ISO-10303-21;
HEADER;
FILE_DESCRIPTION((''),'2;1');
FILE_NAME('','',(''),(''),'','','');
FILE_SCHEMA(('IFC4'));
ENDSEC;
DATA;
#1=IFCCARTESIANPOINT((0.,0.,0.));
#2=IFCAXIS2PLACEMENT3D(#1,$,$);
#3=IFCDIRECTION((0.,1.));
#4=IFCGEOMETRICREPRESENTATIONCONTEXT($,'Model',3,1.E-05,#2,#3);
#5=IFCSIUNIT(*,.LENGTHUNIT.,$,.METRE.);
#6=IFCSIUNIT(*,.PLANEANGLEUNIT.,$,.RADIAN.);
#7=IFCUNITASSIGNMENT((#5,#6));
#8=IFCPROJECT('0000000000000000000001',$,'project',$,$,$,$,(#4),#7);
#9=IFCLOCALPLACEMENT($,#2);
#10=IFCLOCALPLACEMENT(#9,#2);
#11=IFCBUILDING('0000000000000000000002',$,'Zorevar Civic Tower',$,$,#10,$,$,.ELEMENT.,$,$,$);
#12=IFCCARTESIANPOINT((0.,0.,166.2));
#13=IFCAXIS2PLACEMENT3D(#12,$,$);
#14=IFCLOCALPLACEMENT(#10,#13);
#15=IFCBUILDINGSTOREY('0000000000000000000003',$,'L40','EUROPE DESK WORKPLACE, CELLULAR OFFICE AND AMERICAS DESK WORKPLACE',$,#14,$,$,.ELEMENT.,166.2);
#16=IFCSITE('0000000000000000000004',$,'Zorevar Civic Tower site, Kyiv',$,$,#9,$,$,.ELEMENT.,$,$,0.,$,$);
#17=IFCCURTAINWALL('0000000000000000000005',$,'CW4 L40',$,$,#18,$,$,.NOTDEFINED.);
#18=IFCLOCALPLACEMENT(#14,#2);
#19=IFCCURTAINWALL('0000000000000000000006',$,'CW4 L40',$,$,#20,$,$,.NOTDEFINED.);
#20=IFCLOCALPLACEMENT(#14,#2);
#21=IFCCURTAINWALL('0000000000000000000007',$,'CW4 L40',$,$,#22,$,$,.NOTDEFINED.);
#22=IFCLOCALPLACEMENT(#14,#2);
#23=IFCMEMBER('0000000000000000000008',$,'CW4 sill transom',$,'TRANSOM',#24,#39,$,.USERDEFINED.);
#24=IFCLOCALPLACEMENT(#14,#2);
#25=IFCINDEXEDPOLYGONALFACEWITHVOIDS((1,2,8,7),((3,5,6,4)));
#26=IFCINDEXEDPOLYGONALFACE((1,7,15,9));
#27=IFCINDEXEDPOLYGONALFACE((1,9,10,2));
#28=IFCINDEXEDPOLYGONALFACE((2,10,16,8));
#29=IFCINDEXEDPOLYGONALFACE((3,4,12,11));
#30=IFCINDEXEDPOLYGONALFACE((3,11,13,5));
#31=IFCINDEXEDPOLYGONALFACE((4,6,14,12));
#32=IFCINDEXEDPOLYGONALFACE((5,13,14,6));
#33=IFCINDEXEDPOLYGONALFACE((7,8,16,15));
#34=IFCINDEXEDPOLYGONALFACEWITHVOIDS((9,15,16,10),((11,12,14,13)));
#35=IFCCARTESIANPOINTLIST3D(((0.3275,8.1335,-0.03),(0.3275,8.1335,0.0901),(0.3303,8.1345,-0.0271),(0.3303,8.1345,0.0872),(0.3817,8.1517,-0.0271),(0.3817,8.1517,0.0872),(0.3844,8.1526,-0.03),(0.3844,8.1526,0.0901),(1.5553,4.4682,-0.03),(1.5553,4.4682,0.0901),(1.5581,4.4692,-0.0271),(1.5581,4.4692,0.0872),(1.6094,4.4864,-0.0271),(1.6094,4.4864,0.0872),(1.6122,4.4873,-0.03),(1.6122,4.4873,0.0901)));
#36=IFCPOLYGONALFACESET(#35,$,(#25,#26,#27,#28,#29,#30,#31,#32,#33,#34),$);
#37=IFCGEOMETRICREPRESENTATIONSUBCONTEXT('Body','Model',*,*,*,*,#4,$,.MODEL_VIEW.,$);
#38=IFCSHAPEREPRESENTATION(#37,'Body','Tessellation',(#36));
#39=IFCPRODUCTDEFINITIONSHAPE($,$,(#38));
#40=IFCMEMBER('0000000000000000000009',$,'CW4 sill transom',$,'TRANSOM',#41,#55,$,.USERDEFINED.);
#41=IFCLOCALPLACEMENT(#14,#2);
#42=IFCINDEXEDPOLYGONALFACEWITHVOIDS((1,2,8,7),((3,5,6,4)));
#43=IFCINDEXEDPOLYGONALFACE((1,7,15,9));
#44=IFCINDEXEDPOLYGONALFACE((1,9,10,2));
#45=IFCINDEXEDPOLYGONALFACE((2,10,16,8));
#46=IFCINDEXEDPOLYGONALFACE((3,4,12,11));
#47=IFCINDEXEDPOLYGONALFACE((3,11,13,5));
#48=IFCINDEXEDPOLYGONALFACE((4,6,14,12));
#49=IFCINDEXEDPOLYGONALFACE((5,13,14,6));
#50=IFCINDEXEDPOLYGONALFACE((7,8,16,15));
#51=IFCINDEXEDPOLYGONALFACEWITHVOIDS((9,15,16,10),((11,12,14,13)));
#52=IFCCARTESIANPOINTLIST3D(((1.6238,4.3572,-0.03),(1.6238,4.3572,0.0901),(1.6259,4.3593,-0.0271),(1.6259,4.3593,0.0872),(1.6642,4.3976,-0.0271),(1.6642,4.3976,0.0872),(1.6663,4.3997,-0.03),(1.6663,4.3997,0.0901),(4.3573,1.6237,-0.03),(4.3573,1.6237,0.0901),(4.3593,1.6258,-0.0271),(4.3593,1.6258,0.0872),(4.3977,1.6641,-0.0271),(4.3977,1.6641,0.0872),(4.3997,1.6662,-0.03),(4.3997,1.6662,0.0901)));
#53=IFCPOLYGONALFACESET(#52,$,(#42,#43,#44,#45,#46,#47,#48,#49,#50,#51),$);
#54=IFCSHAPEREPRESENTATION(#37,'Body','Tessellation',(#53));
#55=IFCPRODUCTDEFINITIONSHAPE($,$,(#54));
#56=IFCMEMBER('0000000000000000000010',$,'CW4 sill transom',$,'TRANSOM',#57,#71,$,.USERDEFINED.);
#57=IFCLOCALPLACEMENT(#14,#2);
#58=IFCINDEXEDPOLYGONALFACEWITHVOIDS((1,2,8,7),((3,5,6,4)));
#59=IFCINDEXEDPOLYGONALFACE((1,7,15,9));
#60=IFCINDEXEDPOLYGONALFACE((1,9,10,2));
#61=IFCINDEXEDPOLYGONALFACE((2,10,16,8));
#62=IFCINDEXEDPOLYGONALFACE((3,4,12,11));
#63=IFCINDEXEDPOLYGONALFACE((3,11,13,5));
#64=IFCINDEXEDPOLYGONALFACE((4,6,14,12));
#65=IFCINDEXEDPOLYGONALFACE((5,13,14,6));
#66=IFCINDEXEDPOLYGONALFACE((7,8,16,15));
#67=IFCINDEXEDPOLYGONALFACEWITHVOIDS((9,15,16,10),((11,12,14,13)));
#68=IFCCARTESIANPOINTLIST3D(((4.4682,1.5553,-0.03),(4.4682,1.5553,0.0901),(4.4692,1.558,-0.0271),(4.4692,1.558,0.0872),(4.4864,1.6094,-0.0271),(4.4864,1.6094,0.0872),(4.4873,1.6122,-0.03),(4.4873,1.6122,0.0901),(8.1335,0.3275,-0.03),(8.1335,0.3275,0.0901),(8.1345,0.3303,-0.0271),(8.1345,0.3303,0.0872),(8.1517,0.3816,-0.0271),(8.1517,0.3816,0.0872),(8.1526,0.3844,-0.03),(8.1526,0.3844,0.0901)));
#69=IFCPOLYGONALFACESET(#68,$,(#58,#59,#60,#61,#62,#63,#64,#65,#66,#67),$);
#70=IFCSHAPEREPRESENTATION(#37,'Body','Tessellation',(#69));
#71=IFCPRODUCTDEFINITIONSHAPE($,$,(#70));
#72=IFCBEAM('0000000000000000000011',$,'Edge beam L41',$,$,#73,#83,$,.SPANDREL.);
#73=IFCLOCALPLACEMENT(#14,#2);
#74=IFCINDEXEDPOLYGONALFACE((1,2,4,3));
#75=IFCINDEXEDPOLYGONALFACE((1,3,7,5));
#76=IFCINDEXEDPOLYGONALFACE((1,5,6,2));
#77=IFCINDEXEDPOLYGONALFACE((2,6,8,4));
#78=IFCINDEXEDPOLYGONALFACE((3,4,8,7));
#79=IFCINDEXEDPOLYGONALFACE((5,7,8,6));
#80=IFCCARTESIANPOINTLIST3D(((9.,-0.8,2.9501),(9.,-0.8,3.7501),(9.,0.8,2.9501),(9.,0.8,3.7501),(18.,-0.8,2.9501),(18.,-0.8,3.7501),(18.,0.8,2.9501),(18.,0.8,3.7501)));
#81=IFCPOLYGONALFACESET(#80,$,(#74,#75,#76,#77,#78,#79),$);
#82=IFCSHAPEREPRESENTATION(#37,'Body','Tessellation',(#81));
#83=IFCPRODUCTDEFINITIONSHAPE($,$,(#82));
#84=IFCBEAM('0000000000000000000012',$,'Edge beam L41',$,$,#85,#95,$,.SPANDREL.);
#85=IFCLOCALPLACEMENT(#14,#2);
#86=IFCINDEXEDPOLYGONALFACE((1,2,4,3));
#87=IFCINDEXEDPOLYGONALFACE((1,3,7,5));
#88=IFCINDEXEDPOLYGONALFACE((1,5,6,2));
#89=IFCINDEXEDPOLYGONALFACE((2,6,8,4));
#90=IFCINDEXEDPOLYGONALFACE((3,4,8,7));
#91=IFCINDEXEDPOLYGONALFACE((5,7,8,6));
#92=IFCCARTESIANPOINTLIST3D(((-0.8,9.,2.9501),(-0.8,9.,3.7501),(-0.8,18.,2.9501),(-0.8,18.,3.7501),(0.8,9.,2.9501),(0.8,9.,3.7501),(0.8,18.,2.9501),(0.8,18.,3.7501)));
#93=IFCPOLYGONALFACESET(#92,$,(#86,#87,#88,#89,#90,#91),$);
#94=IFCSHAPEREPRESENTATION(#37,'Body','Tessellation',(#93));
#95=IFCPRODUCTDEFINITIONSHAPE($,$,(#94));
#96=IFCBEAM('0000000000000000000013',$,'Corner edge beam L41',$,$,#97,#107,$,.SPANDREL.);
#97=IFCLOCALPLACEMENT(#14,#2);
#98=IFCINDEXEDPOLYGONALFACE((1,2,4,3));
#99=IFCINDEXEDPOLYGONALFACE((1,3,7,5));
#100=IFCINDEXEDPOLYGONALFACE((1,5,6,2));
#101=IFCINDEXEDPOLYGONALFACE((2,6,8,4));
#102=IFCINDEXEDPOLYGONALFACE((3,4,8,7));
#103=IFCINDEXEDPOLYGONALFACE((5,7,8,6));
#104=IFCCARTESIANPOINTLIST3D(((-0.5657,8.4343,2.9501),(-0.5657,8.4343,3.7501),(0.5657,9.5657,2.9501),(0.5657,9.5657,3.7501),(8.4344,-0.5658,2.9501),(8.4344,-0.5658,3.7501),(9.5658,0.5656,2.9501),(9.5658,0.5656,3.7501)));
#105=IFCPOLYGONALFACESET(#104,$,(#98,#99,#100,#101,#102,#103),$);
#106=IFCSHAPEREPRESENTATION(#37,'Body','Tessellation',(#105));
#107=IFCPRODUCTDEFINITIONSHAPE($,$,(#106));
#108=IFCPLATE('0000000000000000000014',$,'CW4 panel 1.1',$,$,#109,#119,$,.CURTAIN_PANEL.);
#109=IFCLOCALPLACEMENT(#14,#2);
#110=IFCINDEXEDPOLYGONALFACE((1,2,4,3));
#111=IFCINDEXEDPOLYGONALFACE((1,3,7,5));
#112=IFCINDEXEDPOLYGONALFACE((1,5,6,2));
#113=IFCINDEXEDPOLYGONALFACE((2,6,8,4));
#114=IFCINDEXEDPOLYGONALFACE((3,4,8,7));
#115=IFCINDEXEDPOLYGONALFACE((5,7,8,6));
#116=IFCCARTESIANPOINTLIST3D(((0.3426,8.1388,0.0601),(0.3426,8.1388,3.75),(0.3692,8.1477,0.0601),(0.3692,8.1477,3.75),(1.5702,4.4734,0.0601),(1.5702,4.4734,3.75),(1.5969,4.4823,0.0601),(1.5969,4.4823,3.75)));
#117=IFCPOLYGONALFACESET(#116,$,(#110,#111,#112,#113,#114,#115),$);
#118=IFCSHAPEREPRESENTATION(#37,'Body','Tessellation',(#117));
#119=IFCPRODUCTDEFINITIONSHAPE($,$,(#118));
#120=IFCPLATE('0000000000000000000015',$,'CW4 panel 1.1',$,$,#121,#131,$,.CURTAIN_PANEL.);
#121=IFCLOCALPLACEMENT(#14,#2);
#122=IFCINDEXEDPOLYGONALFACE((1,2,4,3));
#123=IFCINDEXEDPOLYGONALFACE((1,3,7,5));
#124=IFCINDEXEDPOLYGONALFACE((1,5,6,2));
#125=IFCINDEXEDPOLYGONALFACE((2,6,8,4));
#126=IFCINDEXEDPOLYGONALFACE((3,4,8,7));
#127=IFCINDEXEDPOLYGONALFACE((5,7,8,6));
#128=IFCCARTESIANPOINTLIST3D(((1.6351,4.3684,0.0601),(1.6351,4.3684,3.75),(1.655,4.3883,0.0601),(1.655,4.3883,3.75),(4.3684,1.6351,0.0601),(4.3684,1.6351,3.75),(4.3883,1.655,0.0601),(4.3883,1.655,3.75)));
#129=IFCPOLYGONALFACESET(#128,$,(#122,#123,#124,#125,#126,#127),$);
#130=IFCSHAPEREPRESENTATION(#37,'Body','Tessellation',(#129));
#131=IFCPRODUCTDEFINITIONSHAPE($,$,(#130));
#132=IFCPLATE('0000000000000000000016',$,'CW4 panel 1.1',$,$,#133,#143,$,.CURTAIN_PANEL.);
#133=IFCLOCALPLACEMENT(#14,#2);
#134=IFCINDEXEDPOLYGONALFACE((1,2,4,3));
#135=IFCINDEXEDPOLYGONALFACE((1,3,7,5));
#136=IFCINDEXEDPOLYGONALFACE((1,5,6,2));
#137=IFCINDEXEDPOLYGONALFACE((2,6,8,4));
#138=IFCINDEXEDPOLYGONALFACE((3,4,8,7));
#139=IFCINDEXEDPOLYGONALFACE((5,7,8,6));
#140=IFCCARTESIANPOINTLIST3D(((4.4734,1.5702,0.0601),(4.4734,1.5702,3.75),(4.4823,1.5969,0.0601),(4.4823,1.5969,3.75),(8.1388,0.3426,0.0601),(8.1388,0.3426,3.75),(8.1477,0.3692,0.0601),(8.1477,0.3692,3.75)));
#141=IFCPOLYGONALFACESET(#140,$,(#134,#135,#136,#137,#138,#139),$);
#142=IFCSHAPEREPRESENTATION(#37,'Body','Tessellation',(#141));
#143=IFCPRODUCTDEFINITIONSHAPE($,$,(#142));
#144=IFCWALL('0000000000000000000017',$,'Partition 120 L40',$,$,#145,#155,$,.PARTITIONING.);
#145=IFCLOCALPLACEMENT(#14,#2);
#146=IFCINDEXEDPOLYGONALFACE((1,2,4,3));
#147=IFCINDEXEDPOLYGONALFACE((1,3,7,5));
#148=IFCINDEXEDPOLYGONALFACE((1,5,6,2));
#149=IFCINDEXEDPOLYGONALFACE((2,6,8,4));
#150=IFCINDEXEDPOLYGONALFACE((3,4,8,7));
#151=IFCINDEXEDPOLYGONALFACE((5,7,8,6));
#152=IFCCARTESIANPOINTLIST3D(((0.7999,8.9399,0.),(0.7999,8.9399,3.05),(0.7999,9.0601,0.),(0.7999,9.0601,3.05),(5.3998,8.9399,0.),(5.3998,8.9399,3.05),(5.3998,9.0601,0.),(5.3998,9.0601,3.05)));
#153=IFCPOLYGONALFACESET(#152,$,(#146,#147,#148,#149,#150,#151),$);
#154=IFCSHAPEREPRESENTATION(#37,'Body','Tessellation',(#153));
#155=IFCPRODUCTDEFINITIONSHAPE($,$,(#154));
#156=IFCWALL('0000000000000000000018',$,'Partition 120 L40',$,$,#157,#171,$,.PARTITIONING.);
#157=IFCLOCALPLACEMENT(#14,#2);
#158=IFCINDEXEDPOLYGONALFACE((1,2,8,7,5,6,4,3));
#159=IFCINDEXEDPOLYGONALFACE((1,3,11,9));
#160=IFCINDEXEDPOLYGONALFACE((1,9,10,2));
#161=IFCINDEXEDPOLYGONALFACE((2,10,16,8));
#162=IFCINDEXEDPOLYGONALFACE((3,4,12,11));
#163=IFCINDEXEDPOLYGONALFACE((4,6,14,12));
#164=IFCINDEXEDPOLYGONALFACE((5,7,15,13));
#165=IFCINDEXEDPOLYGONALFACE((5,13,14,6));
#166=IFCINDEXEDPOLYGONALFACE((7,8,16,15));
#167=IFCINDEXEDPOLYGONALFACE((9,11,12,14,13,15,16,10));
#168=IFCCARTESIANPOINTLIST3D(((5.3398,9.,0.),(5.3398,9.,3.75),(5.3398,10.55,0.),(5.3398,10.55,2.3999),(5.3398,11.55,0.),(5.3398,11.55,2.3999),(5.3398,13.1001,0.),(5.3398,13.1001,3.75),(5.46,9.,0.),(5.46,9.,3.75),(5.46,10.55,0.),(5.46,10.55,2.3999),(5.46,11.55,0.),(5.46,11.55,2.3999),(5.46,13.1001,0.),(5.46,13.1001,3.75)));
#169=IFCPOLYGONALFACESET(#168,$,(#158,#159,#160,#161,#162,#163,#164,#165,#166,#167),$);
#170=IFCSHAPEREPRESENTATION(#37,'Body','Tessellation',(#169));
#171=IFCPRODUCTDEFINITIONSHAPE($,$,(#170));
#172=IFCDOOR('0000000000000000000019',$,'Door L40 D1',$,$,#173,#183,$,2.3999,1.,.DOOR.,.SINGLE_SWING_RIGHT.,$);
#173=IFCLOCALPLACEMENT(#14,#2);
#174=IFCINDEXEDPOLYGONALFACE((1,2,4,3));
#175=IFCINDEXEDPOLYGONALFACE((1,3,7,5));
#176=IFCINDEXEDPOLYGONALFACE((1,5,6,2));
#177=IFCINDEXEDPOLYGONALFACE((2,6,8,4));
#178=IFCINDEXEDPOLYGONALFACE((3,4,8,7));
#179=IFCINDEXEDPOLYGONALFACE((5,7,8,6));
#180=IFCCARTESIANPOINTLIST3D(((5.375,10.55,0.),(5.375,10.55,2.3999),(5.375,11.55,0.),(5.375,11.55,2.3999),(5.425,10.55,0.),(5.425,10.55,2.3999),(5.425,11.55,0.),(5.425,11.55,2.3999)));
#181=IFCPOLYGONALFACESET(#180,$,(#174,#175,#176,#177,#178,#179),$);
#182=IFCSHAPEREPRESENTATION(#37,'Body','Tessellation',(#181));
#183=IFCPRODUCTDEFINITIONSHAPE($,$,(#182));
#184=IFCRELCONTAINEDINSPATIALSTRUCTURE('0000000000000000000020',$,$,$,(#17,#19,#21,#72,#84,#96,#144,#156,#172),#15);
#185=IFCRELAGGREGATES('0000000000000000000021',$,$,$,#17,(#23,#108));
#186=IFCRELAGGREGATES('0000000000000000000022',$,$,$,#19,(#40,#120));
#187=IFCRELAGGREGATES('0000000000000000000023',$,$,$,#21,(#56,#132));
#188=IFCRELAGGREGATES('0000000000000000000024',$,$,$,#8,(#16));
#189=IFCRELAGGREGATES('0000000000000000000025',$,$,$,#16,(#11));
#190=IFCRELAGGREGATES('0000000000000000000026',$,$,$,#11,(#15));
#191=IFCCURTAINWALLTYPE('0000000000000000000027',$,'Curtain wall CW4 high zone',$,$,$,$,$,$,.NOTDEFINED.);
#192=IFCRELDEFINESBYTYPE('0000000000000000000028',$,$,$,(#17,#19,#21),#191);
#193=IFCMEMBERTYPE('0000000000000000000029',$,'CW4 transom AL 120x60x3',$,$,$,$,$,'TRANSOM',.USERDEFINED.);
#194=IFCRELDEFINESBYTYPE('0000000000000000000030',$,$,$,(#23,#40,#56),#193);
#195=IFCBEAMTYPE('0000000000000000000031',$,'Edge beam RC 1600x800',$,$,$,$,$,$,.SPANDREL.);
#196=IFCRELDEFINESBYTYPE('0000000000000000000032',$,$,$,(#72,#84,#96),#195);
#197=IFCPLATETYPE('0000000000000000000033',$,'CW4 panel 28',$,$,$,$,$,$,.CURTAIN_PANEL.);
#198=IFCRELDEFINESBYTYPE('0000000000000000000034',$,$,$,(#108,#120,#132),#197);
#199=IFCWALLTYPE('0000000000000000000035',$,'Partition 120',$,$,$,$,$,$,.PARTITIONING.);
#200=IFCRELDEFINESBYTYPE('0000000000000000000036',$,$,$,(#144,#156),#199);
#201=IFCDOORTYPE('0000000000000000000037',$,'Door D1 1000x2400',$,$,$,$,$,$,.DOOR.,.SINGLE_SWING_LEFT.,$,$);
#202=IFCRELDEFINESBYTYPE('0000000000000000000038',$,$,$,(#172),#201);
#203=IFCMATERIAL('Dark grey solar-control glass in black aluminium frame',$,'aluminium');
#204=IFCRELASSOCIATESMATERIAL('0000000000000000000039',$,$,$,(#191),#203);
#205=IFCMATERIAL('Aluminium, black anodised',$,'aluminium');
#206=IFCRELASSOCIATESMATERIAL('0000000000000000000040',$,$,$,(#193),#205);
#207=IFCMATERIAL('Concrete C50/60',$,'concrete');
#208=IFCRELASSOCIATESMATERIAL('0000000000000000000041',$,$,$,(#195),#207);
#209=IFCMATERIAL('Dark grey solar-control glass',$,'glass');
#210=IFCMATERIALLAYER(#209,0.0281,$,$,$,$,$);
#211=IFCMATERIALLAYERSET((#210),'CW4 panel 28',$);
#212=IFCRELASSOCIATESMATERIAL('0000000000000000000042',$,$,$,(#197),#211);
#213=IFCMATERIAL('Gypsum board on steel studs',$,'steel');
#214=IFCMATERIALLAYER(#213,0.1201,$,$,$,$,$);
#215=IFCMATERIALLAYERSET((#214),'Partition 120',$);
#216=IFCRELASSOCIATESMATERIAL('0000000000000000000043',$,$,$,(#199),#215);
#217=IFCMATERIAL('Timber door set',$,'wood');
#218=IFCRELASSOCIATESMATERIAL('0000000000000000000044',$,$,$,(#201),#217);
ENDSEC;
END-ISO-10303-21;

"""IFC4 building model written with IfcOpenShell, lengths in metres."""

from ifc_helpers import new_model, si_unit, direction, frame, frame_2d, origin, origin_2d, place, context, subcontext, project, spatial, rectangle, hollow_rectangle, extrude, material, layer, layer_set, material_profile, profile_set, type_object, element, fill, aggregate, save


model = new_model("IFC4")

# Units and contexts
model_context = context("Model", 3, precision=1e-05, world=origin(), true_north=direction((0.0, 1.0)))
body_context = subcontext(model_context, "Body", "Model", "MODEL_VIEW")
ifc_project = project(units=[si_unit("LENGTHUNIT", "METRE"), si_unit("PLANEANGLEUNIT", "RADIAN")], contexts=[model_context])

# Site, building, storey
site_placement = place(None, origin())
site = spatial("IfcSite", under=ifc_project, at=site_placement, Name="Zorevar Civic Tower site, Kyiv", CompositionType="ELEMENT", RefElevation=0.0)
building_placement = place(site_placement, origin())
building = spatial("IfcBuilding", under=site, at=building_placement, Name="Zorevar Civic Tower", CompositionType="ELEMENT")
storey_placement = place(building_placement, frame((0.0, 0.0, 166.2)))
storey = spatial("IfcBuildingStorey", under=building, at=storey_placement, Name="L40", Description="EUROPE DESK WORKPLACE, CELLULAR OFFICE AND AMERICAS DESK WORKPLACE", CompositionType="ELEMENT", Elevation=166.2)

# Shared definitions
ifc_material_1 = material(Name="Dark grey solar-control glass in black aluminium frame", Category="aluminium")
curtain_wall_type = type_object("IfcCurtainWallType", Name="Curtain wall CW4 high zone", PredefinedType="NOTDEFINED", material=ifc_material_1)

# Curtain walls
curtain_wall_1_placement = place(storey_placement, origin())
curtain_wall_1 = element("IfcCurtainWall", 1, at=curtain_wall_1_placement, inside=storey, type_object=curtain_wall_type, Name="CW4 L40", PredefinedType="NOTDEFINED")
curtain_wall_2_placement = place(storey_placement, origin())
curtain_wall_2 = element("IfcCurtainWall", 2, at=curtain_wall_2_placement, inside=storey, type_object=curtain_wall_type, Name="CW4 L40", PredefinedType="NOTDEFINED")
curtain_wall_3_placement = place(storey_placement, origin())
curtain_wall_3 = element("IfcCurtainWall", 3, at=curtain_wall_3_placement, inside=storey, type_object=curtain_wall_type, Name="CW4 L40", PredefinedType="NOTDEFINED")

# Members
ifc_material_2 = material(Name="Aluminium, black anodised", Category="aluminium")
ifc_material_profile_1 = material_profile(ifc_material_2, hollow_rectangle(XDim=0.0601, YDim=0.1201, WallThickness=0.0029, at=origin_2d()), Name="AL 120x60x3")
ifc_profile_set_1 = profile_set([ifc_material_profile_1], Name="Aluminium, black anodised")
member_type_1 = type_object("IfcMemberType", Name="CW4 transom AL 120x60x3", ElementType="TRANSOM", PredefinedType="USERDEFINED", material=ifc_profile_set_1)
member_1_placement = place(storey_placement, frame((0.356, 8.1431, 0.03), z_axis=(0.31763, -0.948215, 0.0), x_axis=(0.948215, 0.31763, 0.0)))
member_1 = element("IfcMember", 4, at=member_1_placement, type_object=member_type_1, Name="CW4 sill transom", ObjectType="TRANSOM", PredefinedType="USERDEFINED", context=body_context, shape_type="SweptSolid", body=[
    extrude(hollow_rectangle(XDim=0.0601, YDim=0.1201, WallThickness=0.0029, at=origin_2d()), origin(), (0.0, 0.0, 1.0), 3.8655),
])
member_2_placement = place(storey_placement, frame((1.645, 4.3784, 0.03), z_axis=(0.707107, -0.707107, 0.0), x_axis=(0.707107, 0.707107, 0.0)))
member_2 = element("IfcMember", 5, at=member_2_placement, type_object=member_type_1, Name="CW4 sill transom", ObjectType="TRANSOM", PredefinedType="USERDEFINED", context=body_context, shape_type="SweptSolid", body=[
    extrude(hollow_rectangle(XDim=0.0601, YDim=0.1201, WallThickness=0.0029, at=origin_2d()), origin(), (0.0, 0.0, 1.0), 3.8657),
])
member_3_placement = place(storey_placement, frame((4.4778, 1.5837, 0.03), z_axis=(0.948215, -0.31763, 0.0), x_axis=(0.31763, 0.948215, 0.0)))
member_3 = element("IfcMember", 6, at=member_3_placement, type_object=member_type_1, Name="CW4 sill transom", ObjectType="TRANSOM", PredefinedType="USERDEFINED", context=body_context, shape_type="SweptSolid", body=[
    extrude(hollow_rectangle(XDim=0.0601, YDim=0.1201, WallThickness=0.0029, at=origin_2d()), origin(), (0.0, 0.0, 1.0), 3.8655),
])

# Beams
ifc_material_3 = material(Name="Concrete C50/60", Category="concrete")
ifc_material_profile_2 = material_profile(ifc_material_3, rectangle(XDim=1.6001, YDim=0.8, at=origin_2d()), Name="RC 1600x800")
ifc_profile_set_2 = profile_set([ifc_material_profile_2], Name="Concrete C50/60")
beam_type_1 = type_object("IfcBeamType", Name="Edge beam RC 1600x800", PredefinedType="SPANDREL", material=ifc_profile_set_2)
for number, where, z_axis, x_axis, name in (
    (7, (9.0, 0.0, 3.3501), (1.0, 0.0, 0.0), (0.0, 1.0, 0.0), "Edge beam L41"),
    (8, (0.0, 9.0, 3.3501), (0.0, 1.0, 0.0), (-1.0, 0.0, 0.0), "Edge beam L41"),
):
    element("IfcBeam", number, at=place(storey_placement, frame(where, z_axis=z_axis, x_axis=x_axis)), inside=storey, type_object=beam_type_1, Name=name, PredefinedType="SPANDREL", context=body_context, shape_type="SweptSolid", body=[
        extrude(rectangle(XDim=1.6001, YDim=0.8, at=origin_2d()), origin(), (0.0, 0.0, 1.0), 9.0),
    ])
beam_placement = place(storey_placement, frame((0.0, 9.0, 3.3501), z_axis=(0.707107, -0.707107, 0.0), x_axis=(0.707107, 0.707107, 0.0)))
element("IfcBeam", 9, at=beam_placement, inside=storey, type_object=beam_type_1, Name="Corner edge beam L41", PredefinedType="SPANDREL", context=body_context, shape_type="SweptSolid", body=[
    extrude(rectangle(XDim=1.6001, YDim=0.8, at=origin_2d()), origin(), (0.0, 0.0, 1.0), 12.728),
])

# Plates
ifc_material_4 = material(Name="Dark grey solar-control glass", Category="glass")
ifc_layer_1 = layer(ifc_material_4, 0.0281)
ifc_layer_set_1 = layer_set([ifc_layer_1], Name="CW4 panel 28")
plate_type = type_object("IfcPlateType", Name="CW4 panel 28", PredefinedType="CURTAIN_PANEL", material=ifc_layer_set_1)
plate_1_placement = place(storey_placement, frame((0.9697, 6.3105, 0.0601), z_axis=(0.0, 0.0, 1.0), x_axis=(0.317593, -0.948227, 0.0)))
plate_1 = element("IfcPlate", 10, at=plate_1_placement, type_object=plate_type, Name="CW4 panel 1.1", PredefinedType="CURTAIN_PANEL", context=body_context, shape_type="SweptSolid", body=[
    extrude(rectangle(XDim=3.8655, YDim=0.0281, at=origin_2d()), origin(), (0.0, 0.0, 1.0), 3.6899),
])
aggregate(curtain_wall_1, [member_1, plate_1])
plate_2_placement = place(storey_placement, frame((3.0117, 3.0117, 0.0601), z_axis=(0.0, 0.0, 1.0), x_axis=(0.707107, -0.707107, 0.0)))
plate_2 = element("IfcPlate", 11, at=plate_2_placement, type_object=plate_type, Name="CW4 panel 1.1", PredefinedType="CURTAIN_PANEL", context=body_context, shape_type="SweptSolid", body=[
    extrude(rectangle(XDim=3.8655, YDim=0.0281, at=origin_2d()), origin(), (0.0, 0.0, 1.0), 3.6899),
])
aggregate(curtain_wall_2, [member_2, plate_2])
plate_3_placement = place(storey_placement, frame((6.3105, 0.9697, 0.0601), z_axis=(0.0, 0.0, 1.0), x_axis=(0.948227, -0.317593, 0.0)))
plate_3 = element("IfcPlate", 12, at=plate_3_placement, type_object=plate_type, Name="CW4 panel 1.1", PredefinedType="CURTAIN_PANEL", context=body_context, shape_type="SweptSolid", body=[
    extrude(rectangle(XDim=3.8655, YDim=0.0281, at=origin_2d()), origin(), (0.0, 0.0, 1.0), 3.6899),
])
aggregate(curtain_wall_3, [member_3, plate_3])

# Wall
ifc_material_5 = material(Name="Gypsum board on steel studs", Category="steel")
ifc_layer_2 = layer(ifc_material_5, 0.1201)
ifc_layer_set_2 = layer_set([ifc_layer_2], Name="Partition 120")
wall_type = type_object("IfcWallType", Name="Partition 120", PredefinedType="PARTITIONING", material=ifc_layer_set_2)
wall_1_placement = place(storey_placement, frame((0.8, 9.0, 0.0), z_axis=(0.0, 0.0, 1.0), x_axis=(1.0, 0.0, 0.0)))
element("IfcWall", 13, at=wall_1_placement, inside=storey, type_object=wall_type, Name="Partition 120 L40", PredefinedType="PARTITIONING", context=body_context, shape_type="SweptSolid", body=[
    extrude(rectangle(XDim=4.5999, YDim=0.1201, at=frame_2d((2.2998, 0.0))), origin(), (0.0, 0.0, 1.0), 3.05),
])

# Wall, opening, door
wall_2_placement = place(storey_placement, frame((5.3999, 9.0, 0.0), z_axis=(0.0, 0.0, 1.0), x_axis=(0.0, 1.0, 0.0)))
wall_2 = element("IfcWall", 14, at=wall_2_placement, inside=storey, type_object=wall_type, Name="Partition 120 L40", PredefinedType="PARTITIONING", context=body_context, shape_type="SweptSolid", body=[
    extrude(rectangle(XDim=4.1001, YDim=0.1201, at=frame_2d((2.05, 0.0))), origin(), (0.0, 0.0, 1.0), 3.75),
])
opening_placement = place(wall_2_placement, frame((1.55, 0.0, 0.0)))
opening = element("IfcOpeningElement", 15, at=opening_placement, cuts=wall_2, PredefinedType="OPENING", context=body_context, shape_type="SweptSolid", body=[
    extrude(rectangle(XDim=1.0, YDim=2.3999, at=frame_2d((0.5, 1.2))), frame((0.0, 0.0701, 0.0), z_axis=(0.0, -1.0, 0.0), x_axis=(1.0, 0.0, 0.0)), (0.0, 0.0, 1.0), 0.1401),
])
ifc_material_6 = material(Name="Timber door set", Category="wood")
door_type = type_object("IfcDoorType", Name="Door D1 1000x2400", OperationType="SINGLE_SWING_LEFT", PredefinedType="DOOR", material=ifc_material_6)
door_placement = place(opening_placement, origin())
door = element("IfcDoor", 16, at=door_placement, inside=storey, type_object=door_type, Name="Door L40 D1", OperationType="SINGLE_SWING_RIGHT", OverallHeight=2.3999, OverallWidth=1.0, PredefinedType="DOOR", context=body_context, shape_type="SweptSolid", body=[
    extrude(rectangle(XDim=1.0, YDim=2.3999, at=frame_2d((0.5, 1.2))), frame((0.0, 0.0249, 0.0), z_axis=(0.0, -1.0, 0.0), x_axis=(1.0, 0.0, 0.0)), (0.0, 0.0, 1.0), 0.05),
])
fill(opening, door)

save(model, "model.ifc")
